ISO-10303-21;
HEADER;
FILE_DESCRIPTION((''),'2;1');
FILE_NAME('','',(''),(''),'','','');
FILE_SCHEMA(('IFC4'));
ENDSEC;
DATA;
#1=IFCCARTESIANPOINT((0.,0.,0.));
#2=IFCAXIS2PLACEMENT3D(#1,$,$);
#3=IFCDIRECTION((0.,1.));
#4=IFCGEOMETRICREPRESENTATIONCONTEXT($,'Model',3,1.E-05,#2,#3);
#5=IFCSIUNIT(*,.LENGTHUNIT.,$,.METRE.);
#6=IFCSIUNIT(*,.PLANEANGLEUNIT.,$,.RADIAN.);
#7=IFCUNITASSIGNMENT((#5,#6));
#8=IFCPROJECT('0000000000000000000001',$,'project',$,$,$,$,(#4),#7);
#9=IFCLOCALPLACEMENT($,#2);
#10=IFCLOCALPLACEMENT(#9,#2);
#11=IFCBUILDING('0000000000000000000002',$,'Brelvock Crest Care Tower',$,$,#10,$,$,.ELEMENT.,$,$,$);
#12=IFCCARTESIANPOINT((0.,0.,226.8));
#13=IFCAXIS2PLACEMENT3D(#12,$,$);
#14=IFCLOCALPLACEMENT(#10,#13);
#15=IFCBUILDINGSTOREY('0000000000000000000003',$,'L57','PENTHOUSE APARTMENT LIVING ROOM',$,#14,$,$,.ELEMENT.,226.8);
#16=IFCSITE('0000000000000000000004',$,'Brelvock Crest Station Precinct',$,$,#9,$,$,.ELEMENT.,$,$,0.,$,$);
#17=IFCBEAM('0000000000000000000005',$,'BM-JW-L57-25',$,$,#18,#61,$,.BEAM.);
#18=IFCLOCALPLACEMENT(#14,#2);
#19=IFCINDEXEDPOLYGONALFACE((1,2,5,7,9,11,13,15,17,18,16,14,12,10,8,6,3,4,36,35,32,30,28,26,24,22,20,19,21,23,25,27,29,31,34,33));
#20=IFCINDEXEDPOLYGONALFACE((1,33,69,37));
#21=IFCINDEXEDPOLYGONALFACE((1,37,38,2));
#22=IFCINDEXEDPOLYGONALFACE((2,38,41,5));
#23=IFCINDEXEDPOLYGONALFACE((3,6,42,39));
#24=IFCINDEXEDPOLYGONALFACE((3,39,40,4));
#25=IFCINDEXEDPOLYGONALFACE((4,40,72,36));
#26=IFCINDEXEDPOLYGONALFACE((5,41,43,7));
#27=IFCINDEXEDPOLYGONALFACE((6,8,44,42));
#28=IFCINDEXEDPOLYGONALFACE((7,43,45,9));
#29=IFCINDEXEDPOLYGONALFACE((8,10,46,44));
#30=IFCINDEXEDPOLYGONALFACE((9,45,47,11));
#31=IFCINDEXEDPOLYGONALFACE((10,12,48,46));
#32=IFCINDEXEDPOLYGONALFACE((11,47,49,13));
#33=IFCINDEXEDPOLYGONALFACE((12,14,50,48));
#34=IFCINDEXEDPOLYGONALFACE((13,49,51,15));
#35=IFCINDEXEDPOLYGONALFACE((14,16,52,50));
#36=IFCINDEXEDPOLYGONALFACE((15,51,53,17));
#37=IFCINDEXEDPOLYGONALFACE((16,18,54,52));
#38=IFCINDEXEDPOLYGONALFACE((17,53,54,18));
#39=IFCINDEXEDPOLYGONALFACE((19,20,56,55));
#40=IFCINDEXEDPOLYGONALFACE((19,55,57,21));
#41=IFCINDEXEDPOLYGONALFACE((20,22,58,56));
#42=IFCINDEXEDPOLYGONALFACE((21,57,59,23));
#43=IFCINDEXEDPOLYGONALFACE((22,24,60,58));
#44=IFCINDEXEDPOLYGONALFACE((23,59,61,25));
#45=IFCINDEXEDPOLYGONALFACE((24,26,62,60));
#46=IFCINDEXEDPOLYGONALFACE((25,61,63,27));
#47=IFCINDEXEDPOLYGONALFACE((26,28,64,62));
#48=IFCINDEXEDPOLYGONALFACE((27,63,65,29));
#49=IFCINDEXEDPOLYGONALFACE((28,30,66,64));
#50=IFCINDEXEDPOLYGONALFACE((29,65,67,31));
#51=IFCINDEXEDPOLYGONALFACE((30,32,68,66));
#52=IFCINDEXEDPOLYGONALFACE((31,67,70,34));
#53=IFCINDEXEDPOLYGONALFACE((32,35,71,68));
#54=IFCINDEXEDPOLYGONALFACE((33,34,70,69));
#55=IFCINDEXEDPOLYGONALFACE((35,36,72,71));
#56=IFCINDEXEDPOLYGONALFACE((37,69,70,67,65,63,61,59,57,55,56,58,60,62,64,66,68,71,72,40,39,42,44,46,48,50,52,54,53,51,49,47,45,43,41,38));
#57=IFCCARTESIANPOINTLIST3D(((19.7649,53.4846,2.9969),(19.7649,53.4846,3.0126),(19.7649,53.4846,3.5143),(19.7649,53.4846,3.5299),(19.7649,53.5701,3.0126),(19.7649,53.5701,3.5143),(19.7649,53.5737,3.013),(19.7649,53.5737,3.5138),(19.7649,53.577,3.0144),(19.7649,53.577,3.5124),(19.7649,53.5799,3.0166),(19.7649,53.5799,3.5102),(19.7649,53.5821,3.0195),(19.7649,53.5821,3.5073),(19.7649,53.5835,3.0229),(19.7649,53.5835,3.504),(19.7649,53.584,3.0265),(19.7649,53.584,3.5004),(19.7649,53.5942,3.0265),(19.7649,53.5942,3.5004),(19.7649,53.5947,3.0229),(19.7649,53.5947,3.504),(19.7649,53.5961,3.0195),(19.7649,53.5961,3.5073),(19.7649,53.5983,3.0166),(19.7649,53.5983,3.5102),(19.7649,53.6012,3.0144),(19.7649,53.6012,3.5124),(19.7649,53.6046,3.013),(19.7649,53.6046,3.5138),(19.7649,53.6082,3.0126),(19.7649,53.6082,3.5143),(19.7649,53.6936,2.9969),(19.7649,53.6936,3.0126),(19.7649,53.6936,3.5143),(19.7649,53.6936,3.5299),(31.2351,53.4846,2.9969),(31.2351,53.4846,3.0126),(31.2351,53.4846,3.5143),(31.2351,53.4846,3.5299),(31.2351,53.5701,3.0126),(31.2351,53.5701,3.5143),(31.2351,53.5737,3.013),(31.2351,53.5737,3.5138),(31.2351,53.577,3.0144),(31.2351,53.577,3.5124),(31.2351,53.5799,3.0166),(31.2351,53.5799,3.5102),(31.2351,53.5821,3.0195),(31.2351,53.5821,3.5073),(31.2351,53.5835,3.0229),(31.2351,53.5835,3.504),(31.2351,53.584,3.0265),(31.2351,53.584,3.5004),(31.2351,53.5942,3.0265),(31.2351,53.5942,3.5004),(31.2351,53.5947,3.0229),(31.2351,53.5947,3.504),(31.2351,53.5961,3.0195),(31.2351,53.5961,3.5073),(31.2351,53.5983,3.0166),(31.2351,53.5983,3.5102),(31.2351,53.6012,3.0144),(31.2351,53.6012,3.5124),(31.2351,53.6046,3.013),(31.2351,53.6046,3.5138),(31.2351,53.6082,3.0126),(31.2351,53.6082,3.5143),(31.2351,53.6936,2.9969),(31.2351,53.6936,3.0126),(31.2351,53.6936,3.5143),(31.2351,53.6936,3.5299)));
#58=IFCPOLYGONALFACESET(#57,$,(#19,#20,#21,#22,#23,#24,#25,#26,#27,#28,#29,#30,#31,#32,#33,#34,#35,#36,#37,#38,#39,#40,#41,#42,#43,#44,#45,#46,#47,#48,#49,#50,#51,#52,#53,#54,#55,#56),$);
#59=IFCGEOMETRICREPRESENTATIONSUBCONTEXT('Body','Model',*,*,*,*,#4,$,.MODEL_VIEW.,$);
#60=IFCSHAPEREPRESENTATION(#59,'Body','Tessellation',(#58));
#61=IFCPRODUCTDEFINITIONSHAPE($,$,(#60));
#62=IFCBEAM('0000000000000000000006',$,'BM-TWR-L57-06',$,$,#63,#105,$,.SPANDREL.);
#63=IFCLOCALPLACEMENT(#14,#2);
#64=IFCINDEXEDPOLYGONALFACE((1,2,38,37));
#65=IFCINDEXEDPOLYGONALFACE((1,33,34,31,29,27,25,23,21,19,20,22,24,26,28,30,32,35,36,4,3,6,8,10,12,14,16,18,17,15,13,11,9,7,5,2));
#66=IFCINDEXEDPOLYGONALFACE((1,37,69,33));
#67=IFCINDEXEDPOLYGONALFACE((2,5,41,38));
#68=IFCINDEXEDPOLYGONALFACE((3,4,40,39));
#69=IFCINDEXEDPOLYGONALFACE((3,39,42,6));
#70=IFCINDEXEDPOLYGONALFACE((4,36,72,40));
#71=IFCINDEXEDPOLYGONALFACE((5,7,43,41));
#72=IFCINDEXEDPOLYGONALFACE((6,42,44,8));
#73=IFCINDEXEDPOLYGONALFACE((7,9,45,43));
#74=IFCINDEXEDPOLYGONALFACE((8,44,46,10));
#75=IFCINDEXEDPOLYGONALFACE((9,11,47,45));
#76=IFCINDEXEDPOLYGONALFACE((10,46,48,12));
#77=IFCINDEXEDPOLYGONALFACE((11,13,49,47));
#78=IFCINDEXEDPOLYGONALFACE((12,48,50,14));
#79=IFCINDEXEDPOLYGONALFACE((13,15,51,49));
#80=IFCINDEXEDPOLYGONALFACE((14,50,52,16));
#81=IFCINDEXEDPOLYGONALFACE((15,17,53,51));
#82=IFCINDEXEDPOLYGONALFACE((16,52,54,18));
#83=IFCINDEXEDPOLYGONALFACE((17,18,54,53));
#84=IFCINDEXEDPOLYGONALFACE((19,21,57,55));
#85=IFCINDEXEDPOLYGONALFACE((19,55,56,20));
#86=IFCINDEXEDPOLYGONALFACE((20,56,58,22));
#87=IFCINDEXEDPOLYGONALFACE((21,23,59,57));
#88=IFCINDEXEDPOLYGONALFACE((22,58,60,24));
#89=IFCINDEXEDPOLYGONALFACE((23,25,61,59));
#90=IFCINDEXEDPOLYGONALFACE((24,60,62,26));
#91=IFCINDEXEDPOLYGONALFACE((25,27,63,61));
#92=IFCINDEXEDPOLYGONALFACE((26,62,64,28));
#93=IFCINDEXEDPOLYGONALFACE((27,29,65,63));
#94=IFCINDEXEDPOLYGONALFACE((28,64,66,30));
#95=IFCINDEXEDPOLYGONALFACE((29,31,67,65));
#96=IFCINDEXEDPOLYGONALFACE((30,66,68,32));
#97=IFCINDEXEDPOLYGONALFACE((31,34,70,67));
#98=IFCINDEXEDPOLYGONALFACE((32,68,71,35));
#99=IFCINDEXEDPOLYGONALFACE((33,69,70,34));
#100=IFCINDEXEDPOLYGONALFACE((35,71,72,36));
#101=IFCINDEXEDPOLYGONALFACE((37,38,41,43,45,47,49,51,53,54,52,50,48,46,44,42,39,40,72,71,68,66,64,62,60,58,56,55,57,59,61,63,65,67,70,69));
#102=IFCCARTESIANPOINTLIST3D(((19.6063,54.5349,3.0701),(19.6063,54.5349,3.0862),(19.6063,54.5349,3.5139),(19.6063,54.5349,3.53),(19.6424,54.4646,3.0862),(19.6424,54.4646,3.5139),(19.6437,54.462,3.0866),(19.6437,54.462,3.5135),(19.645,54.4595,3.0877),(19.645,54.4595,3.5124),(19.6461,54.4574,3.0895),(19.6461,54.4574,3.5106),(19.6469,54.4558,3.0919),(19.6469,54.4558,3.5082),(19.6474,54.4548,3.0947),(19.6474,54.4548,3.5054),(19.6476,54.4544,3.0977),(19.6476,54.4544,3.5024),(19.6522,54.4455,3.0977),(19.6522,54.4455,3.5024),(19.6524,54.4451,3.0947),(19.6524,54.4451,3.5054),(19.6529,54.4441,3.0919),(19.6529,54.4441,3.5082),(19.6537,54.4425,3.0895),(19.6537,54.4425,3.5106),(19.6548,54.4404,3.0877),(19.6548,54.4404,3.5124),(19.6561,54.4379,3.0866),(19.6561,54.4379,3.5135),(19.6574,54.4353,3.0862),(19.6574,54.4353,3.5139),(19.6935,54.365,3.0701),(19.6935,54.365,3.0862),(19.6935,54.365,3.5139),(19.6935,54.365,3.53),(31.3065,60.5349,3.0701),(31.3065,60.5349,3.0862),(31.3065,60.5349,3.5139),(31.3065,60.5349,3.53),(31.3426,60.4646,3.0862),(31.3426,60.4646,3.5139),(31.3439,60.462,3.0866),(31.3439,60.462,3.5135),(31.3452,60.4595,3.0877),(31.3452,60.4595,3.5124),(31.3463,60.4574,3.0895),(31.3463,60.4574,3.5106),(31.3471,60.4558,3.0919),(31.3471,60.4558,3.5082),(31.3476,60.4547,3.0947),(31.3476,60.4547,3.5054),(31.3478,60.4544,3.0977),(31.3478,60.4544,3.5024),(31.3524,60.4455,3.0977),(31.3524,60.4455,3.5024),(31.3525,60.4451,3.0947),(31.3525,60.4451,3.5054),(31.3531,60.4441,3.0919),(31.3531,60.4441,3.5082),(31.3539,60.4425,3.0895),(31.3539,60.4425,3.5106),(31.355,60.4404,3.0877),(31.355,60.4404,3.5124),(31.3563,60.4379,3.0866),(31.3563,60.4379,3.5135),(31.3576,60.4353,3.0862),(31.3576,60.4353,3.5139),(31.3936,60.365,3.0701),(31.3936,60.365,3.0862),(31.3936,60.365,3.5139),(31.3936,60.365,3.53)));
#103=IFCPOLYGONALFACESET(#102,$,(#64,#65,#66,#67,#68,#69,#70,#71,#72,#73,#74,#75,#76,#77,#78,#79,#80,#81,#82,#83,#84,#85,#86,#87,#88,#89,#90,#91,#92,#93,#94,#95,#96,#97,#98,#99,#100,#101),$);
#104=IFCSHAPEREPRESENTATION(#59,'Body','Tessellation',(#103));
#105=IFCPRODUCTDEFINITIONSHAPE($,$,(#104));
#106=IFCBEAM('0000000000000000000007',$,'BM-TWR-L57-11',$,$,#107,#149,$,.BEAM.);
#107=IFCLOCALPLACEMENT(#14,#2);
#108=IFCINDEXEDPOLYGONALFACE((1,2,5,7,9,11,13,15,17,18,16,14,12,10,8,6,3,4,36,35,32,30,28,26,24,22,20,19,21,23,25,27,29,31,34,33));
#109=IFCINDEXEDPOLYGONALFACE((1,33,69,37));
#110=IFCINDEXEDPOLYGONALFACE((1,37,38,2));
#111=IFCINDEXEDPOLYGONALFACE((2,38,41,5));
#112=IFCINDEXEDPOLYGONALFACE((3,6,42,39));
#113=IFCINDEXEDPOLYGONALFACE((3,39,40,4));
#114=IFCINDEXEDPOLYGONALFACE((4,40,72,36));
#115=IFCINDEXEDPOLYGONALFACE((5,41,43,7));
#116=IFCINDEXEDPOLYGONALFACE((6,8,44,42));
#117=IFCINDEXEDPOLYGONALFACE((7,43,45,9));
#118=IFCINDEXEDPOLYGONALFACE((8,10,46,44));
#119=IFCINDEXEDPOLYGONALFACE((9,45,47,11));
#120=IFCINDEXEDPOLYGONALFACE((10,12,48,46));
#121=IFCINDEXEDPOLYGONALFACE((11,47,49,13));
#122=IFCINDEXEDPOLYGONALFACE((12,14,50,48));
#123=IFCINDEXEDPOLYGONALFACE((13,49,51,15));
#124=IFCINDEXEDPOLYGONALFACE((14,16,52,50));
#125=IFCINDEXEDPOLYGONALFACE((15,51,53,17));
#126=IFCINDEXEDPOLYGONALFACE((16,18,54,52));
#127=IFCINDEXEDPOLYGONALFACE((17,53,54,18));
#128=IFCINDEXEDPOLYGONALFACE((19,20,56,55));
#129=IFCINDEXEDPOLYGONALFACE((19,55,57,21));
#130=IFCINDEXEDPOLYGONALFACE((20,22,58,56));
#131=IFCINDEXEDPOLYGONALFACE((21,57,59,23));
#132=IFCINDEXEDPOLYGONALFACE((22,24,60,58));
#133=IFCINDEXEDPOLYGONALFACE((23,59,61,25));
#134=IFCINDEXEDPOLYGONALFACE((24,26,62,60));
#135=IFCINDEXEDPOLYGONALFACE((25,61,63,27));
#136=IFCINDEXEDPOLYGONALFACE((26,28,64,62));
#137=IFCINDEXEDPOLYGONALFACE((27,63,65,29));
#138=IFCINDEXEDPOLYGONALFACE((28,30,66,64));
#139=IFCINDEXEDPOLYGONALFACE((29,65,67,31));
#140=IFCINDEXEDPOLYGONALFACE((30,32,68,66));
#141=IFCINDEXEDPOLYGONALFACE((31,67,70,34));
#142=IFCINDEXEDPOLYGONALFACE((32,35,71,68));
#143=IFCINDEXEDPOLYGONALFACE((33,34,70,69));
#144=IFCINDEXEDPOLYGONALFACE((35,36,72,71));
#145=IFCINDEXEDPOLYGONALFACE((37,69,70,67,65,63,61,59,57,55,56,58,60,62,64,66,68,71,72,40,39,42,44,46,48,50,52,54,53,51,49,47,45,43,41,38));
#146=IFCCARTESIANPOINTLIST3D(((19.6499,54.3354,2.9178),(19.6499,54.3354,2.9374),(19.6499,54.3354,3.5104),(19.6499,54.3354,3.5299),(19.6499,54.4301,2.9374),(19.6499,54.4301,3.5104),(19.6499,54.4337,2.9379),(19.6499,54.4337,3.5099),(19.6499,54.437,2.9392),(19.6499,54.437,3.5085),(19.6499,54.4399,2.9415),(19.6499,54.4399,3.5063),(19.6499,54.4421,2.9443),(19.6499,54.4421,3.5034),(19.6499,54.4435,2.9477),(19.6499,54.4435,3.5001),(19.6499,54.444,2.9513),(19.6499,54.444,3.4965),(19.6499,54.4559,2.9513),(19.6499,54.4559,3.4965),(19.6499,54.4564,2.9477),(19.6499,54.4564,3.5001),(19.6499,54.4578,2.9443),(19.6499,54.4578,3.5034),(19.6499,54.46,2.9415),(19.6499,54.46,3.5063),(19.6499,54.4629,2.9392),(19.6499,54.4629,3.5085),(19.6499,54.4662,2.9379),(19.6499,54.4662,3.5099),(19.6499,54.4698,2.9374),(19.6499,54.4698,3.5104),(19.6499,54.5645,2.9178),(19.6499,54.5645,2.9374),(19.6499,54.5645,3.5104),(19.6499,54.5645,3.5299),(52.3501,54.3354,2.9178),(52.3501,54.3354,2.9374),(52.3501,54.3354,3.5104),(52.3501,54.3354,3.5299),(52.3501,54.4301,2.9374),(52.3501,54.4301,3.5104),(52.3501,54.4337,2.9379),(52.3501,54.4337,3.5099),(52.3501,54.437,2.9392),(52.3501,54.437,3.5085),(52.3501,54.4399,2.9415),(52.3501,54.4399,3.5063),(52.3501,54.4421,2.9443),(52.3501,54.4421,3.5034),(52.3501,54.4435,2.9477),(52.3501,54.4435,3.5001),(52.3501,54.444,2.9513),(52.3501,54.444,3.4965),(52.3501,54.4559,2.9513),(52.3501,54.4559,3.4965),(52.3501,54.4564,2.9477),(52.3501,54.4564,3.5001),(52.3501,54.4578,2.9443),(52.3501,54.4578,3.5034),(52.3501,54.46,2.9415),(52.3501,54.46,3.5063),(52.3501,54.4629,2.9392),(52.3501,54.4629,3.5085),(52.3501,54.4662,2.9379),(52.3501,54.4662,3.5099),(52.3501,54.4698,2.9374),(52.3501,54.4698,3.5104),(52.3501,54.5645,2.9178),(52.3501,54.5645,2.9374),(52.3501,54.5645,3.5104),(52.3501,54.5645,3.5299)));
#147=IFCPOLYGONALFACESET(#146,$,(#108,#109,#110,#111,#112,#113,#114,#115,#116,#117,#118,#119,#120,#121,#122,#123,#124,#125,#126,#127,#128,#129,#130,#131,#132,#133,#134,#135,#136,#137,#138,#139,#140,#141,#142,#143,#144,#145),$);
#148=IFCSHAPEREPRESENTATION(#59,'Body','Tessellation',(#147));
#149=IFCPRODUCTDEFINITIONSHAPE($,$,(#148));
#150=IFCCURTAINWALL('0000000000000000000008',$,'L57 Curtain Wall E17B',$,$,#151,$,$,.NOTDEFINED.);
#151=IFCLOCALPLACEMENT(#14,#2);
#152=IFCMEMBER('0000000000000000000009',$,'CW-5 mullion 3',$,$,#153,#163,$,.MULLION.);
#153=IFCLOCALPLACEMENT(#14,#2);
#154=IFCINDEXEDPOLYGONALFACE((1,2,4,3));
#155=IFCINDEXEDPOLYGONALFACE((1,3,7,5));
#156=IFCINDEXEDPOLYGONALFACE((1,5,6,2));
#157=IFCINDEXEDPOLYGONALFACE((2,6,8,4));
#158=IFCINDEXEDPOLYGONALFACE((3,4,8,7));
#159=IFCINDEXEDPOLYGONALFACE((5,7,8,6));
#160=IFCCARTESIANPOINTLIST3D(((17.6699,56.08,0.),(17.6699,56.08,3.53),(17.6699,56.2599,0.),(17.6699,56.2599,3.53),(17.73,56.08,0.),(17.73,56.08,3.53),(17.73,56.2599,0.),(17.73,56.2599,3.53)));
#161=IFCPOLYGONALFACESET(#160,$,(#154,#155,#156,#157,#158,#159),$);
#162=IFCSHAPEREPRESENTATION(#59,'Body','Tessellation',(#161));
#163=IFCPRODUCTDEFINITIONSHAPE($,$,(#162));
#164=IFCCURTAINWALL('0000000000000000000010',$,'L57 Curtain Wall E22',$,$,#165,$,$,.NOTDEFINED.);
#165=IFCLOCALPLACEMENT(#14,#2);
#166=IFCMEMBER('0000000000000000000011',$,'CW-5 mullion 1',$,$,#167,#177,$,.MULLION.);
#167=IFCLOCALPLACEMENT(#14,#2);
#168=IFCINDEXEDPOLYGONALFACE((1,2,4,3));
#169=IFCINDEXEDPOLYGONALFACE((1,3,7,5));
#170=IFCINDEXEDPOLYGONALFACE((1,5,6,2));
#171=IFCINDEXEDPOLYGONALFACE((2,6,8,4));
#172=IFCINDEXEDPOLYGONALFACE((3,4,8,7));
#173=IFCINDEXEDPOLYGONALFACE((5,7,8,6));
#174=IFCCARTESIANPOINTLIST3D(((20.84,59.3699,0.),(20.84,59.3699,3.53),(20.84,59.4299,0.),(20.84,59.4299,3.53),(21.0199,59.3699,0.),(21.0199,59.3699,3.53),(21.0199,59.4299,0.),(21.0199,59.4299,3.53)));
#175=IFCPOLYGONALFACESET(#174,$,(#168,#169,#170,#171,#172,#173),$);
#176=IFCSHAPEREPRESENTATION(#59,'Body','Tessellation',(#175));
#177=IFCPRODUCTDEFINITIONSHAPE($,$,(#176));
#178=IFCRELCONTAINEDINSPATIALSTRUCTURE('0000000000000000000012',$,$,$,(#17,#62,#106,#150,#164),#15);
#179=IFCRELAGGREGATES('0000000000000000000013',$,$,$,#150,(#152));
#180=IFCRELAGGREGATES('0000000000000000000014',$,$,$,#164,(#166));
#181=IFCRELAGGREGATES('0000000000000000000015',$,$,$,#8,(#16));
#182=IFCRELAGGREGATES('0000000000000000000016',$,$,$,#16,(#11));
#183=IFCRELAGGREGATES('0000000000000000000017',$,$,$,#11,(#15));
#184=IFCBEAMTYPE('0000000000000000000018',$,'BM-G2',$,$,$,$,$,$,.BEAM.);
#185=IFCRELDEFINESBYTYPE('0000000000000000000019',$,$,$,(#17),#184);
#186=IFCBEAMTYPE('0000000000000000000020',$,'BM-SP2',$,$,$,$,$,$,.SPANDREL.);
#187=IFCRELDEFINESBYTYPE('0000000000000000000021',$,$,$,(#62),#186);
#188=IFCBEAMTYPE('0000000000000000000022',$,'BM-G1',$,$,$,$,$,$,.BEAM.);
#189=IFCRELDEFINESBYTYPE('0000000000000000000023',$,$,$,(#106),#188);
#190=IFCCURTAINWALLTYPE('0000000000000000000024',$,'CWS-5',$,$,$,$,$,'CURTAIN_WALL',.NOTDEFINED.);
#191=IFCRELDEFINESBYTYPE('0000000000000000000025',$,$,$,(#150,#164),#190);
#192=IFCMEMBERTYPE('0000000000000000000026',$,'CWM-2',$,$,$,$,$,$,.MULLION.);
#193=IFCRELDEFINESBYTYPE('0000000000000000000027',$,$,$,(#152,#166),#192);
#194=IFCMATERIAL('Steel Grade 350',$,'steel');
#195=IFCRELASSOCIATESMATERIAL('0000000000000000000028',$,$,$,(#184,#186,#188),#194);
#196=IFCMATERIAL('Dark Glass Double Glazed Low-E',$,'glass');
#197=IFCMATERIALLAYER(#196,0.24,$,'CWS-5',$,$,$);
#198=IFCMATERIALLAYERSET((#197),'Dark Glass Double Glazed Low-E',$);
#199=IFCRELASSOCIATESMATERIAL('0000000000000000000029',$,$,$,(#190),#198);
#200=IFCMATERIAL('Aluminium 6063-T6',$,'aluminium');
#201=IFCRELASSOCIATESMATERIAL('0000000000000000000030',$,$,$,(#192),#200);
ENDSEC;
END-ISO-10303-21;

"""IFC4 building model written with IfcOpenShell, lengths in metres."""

from ifc_helpers import new_model, si_unit, direction, frame, origin, origin_2d, place, context, subcontext, project, spatial, rectangle, i_section, extrude, source, transform, mapped, material, layer, layer_set, material_profile, profile_set, type_object, element, aggregate, save


model = new_model("IFC4")

# Units and contexts
model_context = context("Model", 3, precision=1e-05, world=origin(), true_north=direction((0.0, 1.0)))
body_context = subcontext(model_context, "Body", "Model", "MODEL_VIEW")
ifc_project = project(units=[si_unit("LENGTHUNIT", "METRE"), si_unit("PLANEANGLEUNIT", "RADIAN")], contexts=[model_context])

# Site, building, storey
site_placement = place(None, origin())
site = spatial("IfcSite", under=ifc_project, at=site_placement, Name="Brelvock Crest Station Precinct", CompositionType="ELEMENT", RefElevation=0.0)
building_placement = place(site_placement, origin())
building = spatial("IfcBuilding", under=site, at=building_placement, Name="Brelvock Crest Care Tower", CompositionType="ELEMENT")
storey_placement = place(building_placement, frame((0.0, 0.0, 226.8)))
storey = spatial("IfcBuildingStorey", under=building, at=storey_placement, Name="L57", Description="PENTHOUSE APARTMENT LIVING ROOM", CompositionType="ELEMENT", Elevation=226.8)

# Shared definitions
ifc_material_1 = material(Name="Steel Grade 350", Category="steel")

# Beams
ifc_material_profile_1 = material_profile(ifc_material_1, i_section(OverallWidth=0.209, OverallDepth=0.533, WebThickness=0.0103, FlangeThickness=0.0156, FilletRadius=0.0139, at=origin_2d()), Name="530UB92.4")
ifc_profile_set_1 = profile_set([ifc_material_profile_1], Name="Steel Grade 350")
beam_type_1 = type_object("IfcBeamType", Name="BM-G2", PredefinedType="BEAM", material=ifc_profile_set_1)
shared_shape_1 = source(origin(), body_context, "Body", "SweptSolid", [
    extrude(i_section(OverallWidth=0.209, OverallDepth=0.533, WebThickness=0.0103, FlangeThickness=0.0156, FilletRadius=0.0139, at=origin_2d()), origin(), (0.0, 0.0, 1.0), 11.4702),
])
beam_1_placement = place(storey_placement, frame((19.7649, 53.5891, 3.2634), z_axis=(1.0, 0.0, 0.0), x_axis=(0.0, 1.0, 0.0)))
element("IfcBeam", 1, at=beam_1_placement, inside=storey, type_object=beam_type_1, Name="BM-JW-L57-25", PredefinedType="BEAM", context=body_context, shape_type="MappedRepresentation", body=[
    mapped(shared_shape_1, transform((0.0, 0.0, 0.0), x_axis=(1.0, 0.0, 0.0), y_axis=(0.0, 1.0, 0.0), z_axis=(0.0, 0.0, 1.0), scale=1.0)),
])
ifc_material_profile_2 = material_profile(ifc_material_1, i_section(OverallWidth=0.1909, OverallDepth=0.46, WebThickness=0.01, FlangeThickness=0.0161, FilletRadius=0.0115, at=origin_2d()), Name="460UB82.1")
ifc_profile_set_2 = profile_set([ifc_material_profile_2], Name="Steel Grade 350")
beam_type_2 = type_object("IfcBeamType", Name="BM-SP2", PredefinedType="SPANDREL", material=ifc_profile_set_2)
shared_shape_2 = source(origin(), body_context, "Body", "SweptSolid", [
    extrude(i_section(OverallWidth=0.1909, OverallDepth=0.46, WebThickness=0.01, FlangeThickness=0.0161, FilletRadius=0.0115, at=origin_2d()), origin(), (0.0, 0.0, 1.0), 13.1489),
])
beam_2_placement = place(storey_placement, frame((19.6499, 54.45, 3.3), z_axis=(0.889821, 0.456311, 0.0), x_axis=(-0.456311, 0.889821, 0.0)))
element("IfcBeam", 2, at=beam_2_placement, inside=storey, type_object=beam_type_2, Name="BM-TWR-L57-06", PredefinedType="SPANDREL", context=body_context, shape_type="MappedRepresentation", body=[
    mapped(shared_shape_2, transform((0.0, 0.0, 0.0), x_axis=(1.0, 0.0, 0.0), y_axis=(0.0, 1.0, 0.0), z_axis=(0.0, 0.0, 1.0), scale=1.0)),
])
ifc_material_profile_3 = material_profile(ifc_material_1, i_section(OverallWidth=0.229, OverallDepth=0.6121, WebThickness=0.012, FlangeThickness=0.0195, FilletRadius=0.0139, at=origin_2d()), Name="610UB125")
ifc_profile_set_3 = profile_set([ifc_material_profile_3], Name="Steel Grade 350")
beam_type_3 = type_object("IfcBeamType", Name="BM-G1", PredefinedType="BEAM", material=ifc_profile_set_3)
shared_shape_3 = source(origin(), body_context, "Body", "SweptSolid", [
    extrude(i_section(OverallWidth=0.229, OverallDepth=0.6121, WebThickness=0.012, FlangeThickness=0.0195, FilletRadius=0.0139, at=origin_2d()), origin(), (0.0, 0.0, 1.0), 32.7002),
])
beam_3_placement = place(storey_placement, frame((19.6499, 54.45, 3.2239), z_axis=(1.0, 0.0, 0.0), x_axis=(0.0, 1.0, 0.0)))
element("IfcBeam", 3, at=beam_3_placement, inside=storey, type_object=beam_type_3, Name="BM-TWR-L57-11", PredefinedType="BEAM", context=body_context, shape_type="MappedRepresentation", body=[
    mapped(shared_shape_3, transform((0.0, 0.0, 0.0), x_axis=(1.0, 0.0, 0.0), y_axis=(0.0, 1.0, 0.0), z_axis=(0.0, 0.0, 1.0), scale=1.0)),
])

# Curtain wall, member
ifc_material_2 = material(Name="Dark Glass Double Glazed Low-E", Category="glass")
ifc_layer_1 = layer(ifc_material_2, 0.24, Name="CWS-5")
ifc_layer_set_1 = layer_set([ifc_layer_1], Name="Dark Glass Double Glazed Low-E")
curtain_wall_type = type_object("IfcCurtainWallType", Name="CWS-5", ElementType="CURTAIN_WALL", PredefinedType="NOTDEFINED", material=ifc_layer_set_1)
curtain_wall_1_placement = place(storey_placement, origin())
curtain_wall_1 = element("IfcCurtainWall", 4, at=curtain_wall_1_placement, inside=storey, type_object=curtain_wall_type, Name="L57 Curtain Wall E17B", PredefinedType="NOTDEFINED")
ifc_material_3 = material(Name="Aluminium 6063-T6", Category="aluminium")
ifc_material_profile_4 = material_profile(ifc_material_3, rectangle(XDim=0.0601, YDim=0.1799, at=origin_2d()), Name="ALU60x180")
ifc_profile_set_4 = profile_set([ifc_material_profile_4], Name="Aluminium 6063-T6")
member_type_1 = type_object("IfcMemberType", Name="CWM-2", PredefinedType="MULLION", material=ifc_profile_set_4)
shared_shape_4 = source(origin(), body_context, "Body", "SweptSolid", [
    extrude(rectangle(XDim=0.0601, YDim=0.1799, at=origin_2d()), origin(), (0.0, 0.0, 1.0), 3.53),
])
member_1_placement = place(storey_placement, frame((17.7, 56.1699, 0.0), z_axis=(0.0, 0.0, 1.0), x_axis=(-1.0, 0.0, 0.0)))
member_1 = element("IfcMember", 5, at=member_1_placement, type_object=member_type_1, Name="CW-5 mullion 3", PredefinedType="MULLION", context=body_context, shape_type="MappedRepresentation", body=[
    mapped(shared_shape_4, transform((0.0, 0.0, 0.0), x_axis=(1.0, 0.0, 0.0), y_axis=(0.0, 1.0, 0.0), z_axis=(0.0, 0.0, 1.0), scale=1.0)),
])

# Curtain wall, member
curtain_wall_2_placement = place(storey_placement, origin())
curtain_wall_2 = element("IfcCurtainWall", 6, at=curtain_wall_2_placement, inside=storey, type_object=curtain_wall_type, Name="L57 Curtain Wall E22", PredefinedType="NOTDEFINED")
member_2_placement = place(storey_placement, frame((20.9299, 59.3999, 0.0), z_axis=(0.0, 0.0, 1.0), x_axis=(0.0, 1.0, 0.0)))
member_2 = element("IfcMember", 7, at=member_2_placement, type_object=member_type_1, Name="CW-5 mullion 1", PredefinedType="MULLION", context=body_context, shape_type="MappedRepresentation", body=[
    mapped(shared_shape_4, transform((0.0, 0.0, 0.0), x_axis=(1.0, 0.0, 0.0), y_axis=(0.0, 1.0, 0.0), z_axis=(0.0, 0.0, 1.0), scale=1.0)),
])

aggregate(curtain_wall_1, [member_1])
aggregate(curtain_wall_2, [member_2])

save(model, "model.ifc")
